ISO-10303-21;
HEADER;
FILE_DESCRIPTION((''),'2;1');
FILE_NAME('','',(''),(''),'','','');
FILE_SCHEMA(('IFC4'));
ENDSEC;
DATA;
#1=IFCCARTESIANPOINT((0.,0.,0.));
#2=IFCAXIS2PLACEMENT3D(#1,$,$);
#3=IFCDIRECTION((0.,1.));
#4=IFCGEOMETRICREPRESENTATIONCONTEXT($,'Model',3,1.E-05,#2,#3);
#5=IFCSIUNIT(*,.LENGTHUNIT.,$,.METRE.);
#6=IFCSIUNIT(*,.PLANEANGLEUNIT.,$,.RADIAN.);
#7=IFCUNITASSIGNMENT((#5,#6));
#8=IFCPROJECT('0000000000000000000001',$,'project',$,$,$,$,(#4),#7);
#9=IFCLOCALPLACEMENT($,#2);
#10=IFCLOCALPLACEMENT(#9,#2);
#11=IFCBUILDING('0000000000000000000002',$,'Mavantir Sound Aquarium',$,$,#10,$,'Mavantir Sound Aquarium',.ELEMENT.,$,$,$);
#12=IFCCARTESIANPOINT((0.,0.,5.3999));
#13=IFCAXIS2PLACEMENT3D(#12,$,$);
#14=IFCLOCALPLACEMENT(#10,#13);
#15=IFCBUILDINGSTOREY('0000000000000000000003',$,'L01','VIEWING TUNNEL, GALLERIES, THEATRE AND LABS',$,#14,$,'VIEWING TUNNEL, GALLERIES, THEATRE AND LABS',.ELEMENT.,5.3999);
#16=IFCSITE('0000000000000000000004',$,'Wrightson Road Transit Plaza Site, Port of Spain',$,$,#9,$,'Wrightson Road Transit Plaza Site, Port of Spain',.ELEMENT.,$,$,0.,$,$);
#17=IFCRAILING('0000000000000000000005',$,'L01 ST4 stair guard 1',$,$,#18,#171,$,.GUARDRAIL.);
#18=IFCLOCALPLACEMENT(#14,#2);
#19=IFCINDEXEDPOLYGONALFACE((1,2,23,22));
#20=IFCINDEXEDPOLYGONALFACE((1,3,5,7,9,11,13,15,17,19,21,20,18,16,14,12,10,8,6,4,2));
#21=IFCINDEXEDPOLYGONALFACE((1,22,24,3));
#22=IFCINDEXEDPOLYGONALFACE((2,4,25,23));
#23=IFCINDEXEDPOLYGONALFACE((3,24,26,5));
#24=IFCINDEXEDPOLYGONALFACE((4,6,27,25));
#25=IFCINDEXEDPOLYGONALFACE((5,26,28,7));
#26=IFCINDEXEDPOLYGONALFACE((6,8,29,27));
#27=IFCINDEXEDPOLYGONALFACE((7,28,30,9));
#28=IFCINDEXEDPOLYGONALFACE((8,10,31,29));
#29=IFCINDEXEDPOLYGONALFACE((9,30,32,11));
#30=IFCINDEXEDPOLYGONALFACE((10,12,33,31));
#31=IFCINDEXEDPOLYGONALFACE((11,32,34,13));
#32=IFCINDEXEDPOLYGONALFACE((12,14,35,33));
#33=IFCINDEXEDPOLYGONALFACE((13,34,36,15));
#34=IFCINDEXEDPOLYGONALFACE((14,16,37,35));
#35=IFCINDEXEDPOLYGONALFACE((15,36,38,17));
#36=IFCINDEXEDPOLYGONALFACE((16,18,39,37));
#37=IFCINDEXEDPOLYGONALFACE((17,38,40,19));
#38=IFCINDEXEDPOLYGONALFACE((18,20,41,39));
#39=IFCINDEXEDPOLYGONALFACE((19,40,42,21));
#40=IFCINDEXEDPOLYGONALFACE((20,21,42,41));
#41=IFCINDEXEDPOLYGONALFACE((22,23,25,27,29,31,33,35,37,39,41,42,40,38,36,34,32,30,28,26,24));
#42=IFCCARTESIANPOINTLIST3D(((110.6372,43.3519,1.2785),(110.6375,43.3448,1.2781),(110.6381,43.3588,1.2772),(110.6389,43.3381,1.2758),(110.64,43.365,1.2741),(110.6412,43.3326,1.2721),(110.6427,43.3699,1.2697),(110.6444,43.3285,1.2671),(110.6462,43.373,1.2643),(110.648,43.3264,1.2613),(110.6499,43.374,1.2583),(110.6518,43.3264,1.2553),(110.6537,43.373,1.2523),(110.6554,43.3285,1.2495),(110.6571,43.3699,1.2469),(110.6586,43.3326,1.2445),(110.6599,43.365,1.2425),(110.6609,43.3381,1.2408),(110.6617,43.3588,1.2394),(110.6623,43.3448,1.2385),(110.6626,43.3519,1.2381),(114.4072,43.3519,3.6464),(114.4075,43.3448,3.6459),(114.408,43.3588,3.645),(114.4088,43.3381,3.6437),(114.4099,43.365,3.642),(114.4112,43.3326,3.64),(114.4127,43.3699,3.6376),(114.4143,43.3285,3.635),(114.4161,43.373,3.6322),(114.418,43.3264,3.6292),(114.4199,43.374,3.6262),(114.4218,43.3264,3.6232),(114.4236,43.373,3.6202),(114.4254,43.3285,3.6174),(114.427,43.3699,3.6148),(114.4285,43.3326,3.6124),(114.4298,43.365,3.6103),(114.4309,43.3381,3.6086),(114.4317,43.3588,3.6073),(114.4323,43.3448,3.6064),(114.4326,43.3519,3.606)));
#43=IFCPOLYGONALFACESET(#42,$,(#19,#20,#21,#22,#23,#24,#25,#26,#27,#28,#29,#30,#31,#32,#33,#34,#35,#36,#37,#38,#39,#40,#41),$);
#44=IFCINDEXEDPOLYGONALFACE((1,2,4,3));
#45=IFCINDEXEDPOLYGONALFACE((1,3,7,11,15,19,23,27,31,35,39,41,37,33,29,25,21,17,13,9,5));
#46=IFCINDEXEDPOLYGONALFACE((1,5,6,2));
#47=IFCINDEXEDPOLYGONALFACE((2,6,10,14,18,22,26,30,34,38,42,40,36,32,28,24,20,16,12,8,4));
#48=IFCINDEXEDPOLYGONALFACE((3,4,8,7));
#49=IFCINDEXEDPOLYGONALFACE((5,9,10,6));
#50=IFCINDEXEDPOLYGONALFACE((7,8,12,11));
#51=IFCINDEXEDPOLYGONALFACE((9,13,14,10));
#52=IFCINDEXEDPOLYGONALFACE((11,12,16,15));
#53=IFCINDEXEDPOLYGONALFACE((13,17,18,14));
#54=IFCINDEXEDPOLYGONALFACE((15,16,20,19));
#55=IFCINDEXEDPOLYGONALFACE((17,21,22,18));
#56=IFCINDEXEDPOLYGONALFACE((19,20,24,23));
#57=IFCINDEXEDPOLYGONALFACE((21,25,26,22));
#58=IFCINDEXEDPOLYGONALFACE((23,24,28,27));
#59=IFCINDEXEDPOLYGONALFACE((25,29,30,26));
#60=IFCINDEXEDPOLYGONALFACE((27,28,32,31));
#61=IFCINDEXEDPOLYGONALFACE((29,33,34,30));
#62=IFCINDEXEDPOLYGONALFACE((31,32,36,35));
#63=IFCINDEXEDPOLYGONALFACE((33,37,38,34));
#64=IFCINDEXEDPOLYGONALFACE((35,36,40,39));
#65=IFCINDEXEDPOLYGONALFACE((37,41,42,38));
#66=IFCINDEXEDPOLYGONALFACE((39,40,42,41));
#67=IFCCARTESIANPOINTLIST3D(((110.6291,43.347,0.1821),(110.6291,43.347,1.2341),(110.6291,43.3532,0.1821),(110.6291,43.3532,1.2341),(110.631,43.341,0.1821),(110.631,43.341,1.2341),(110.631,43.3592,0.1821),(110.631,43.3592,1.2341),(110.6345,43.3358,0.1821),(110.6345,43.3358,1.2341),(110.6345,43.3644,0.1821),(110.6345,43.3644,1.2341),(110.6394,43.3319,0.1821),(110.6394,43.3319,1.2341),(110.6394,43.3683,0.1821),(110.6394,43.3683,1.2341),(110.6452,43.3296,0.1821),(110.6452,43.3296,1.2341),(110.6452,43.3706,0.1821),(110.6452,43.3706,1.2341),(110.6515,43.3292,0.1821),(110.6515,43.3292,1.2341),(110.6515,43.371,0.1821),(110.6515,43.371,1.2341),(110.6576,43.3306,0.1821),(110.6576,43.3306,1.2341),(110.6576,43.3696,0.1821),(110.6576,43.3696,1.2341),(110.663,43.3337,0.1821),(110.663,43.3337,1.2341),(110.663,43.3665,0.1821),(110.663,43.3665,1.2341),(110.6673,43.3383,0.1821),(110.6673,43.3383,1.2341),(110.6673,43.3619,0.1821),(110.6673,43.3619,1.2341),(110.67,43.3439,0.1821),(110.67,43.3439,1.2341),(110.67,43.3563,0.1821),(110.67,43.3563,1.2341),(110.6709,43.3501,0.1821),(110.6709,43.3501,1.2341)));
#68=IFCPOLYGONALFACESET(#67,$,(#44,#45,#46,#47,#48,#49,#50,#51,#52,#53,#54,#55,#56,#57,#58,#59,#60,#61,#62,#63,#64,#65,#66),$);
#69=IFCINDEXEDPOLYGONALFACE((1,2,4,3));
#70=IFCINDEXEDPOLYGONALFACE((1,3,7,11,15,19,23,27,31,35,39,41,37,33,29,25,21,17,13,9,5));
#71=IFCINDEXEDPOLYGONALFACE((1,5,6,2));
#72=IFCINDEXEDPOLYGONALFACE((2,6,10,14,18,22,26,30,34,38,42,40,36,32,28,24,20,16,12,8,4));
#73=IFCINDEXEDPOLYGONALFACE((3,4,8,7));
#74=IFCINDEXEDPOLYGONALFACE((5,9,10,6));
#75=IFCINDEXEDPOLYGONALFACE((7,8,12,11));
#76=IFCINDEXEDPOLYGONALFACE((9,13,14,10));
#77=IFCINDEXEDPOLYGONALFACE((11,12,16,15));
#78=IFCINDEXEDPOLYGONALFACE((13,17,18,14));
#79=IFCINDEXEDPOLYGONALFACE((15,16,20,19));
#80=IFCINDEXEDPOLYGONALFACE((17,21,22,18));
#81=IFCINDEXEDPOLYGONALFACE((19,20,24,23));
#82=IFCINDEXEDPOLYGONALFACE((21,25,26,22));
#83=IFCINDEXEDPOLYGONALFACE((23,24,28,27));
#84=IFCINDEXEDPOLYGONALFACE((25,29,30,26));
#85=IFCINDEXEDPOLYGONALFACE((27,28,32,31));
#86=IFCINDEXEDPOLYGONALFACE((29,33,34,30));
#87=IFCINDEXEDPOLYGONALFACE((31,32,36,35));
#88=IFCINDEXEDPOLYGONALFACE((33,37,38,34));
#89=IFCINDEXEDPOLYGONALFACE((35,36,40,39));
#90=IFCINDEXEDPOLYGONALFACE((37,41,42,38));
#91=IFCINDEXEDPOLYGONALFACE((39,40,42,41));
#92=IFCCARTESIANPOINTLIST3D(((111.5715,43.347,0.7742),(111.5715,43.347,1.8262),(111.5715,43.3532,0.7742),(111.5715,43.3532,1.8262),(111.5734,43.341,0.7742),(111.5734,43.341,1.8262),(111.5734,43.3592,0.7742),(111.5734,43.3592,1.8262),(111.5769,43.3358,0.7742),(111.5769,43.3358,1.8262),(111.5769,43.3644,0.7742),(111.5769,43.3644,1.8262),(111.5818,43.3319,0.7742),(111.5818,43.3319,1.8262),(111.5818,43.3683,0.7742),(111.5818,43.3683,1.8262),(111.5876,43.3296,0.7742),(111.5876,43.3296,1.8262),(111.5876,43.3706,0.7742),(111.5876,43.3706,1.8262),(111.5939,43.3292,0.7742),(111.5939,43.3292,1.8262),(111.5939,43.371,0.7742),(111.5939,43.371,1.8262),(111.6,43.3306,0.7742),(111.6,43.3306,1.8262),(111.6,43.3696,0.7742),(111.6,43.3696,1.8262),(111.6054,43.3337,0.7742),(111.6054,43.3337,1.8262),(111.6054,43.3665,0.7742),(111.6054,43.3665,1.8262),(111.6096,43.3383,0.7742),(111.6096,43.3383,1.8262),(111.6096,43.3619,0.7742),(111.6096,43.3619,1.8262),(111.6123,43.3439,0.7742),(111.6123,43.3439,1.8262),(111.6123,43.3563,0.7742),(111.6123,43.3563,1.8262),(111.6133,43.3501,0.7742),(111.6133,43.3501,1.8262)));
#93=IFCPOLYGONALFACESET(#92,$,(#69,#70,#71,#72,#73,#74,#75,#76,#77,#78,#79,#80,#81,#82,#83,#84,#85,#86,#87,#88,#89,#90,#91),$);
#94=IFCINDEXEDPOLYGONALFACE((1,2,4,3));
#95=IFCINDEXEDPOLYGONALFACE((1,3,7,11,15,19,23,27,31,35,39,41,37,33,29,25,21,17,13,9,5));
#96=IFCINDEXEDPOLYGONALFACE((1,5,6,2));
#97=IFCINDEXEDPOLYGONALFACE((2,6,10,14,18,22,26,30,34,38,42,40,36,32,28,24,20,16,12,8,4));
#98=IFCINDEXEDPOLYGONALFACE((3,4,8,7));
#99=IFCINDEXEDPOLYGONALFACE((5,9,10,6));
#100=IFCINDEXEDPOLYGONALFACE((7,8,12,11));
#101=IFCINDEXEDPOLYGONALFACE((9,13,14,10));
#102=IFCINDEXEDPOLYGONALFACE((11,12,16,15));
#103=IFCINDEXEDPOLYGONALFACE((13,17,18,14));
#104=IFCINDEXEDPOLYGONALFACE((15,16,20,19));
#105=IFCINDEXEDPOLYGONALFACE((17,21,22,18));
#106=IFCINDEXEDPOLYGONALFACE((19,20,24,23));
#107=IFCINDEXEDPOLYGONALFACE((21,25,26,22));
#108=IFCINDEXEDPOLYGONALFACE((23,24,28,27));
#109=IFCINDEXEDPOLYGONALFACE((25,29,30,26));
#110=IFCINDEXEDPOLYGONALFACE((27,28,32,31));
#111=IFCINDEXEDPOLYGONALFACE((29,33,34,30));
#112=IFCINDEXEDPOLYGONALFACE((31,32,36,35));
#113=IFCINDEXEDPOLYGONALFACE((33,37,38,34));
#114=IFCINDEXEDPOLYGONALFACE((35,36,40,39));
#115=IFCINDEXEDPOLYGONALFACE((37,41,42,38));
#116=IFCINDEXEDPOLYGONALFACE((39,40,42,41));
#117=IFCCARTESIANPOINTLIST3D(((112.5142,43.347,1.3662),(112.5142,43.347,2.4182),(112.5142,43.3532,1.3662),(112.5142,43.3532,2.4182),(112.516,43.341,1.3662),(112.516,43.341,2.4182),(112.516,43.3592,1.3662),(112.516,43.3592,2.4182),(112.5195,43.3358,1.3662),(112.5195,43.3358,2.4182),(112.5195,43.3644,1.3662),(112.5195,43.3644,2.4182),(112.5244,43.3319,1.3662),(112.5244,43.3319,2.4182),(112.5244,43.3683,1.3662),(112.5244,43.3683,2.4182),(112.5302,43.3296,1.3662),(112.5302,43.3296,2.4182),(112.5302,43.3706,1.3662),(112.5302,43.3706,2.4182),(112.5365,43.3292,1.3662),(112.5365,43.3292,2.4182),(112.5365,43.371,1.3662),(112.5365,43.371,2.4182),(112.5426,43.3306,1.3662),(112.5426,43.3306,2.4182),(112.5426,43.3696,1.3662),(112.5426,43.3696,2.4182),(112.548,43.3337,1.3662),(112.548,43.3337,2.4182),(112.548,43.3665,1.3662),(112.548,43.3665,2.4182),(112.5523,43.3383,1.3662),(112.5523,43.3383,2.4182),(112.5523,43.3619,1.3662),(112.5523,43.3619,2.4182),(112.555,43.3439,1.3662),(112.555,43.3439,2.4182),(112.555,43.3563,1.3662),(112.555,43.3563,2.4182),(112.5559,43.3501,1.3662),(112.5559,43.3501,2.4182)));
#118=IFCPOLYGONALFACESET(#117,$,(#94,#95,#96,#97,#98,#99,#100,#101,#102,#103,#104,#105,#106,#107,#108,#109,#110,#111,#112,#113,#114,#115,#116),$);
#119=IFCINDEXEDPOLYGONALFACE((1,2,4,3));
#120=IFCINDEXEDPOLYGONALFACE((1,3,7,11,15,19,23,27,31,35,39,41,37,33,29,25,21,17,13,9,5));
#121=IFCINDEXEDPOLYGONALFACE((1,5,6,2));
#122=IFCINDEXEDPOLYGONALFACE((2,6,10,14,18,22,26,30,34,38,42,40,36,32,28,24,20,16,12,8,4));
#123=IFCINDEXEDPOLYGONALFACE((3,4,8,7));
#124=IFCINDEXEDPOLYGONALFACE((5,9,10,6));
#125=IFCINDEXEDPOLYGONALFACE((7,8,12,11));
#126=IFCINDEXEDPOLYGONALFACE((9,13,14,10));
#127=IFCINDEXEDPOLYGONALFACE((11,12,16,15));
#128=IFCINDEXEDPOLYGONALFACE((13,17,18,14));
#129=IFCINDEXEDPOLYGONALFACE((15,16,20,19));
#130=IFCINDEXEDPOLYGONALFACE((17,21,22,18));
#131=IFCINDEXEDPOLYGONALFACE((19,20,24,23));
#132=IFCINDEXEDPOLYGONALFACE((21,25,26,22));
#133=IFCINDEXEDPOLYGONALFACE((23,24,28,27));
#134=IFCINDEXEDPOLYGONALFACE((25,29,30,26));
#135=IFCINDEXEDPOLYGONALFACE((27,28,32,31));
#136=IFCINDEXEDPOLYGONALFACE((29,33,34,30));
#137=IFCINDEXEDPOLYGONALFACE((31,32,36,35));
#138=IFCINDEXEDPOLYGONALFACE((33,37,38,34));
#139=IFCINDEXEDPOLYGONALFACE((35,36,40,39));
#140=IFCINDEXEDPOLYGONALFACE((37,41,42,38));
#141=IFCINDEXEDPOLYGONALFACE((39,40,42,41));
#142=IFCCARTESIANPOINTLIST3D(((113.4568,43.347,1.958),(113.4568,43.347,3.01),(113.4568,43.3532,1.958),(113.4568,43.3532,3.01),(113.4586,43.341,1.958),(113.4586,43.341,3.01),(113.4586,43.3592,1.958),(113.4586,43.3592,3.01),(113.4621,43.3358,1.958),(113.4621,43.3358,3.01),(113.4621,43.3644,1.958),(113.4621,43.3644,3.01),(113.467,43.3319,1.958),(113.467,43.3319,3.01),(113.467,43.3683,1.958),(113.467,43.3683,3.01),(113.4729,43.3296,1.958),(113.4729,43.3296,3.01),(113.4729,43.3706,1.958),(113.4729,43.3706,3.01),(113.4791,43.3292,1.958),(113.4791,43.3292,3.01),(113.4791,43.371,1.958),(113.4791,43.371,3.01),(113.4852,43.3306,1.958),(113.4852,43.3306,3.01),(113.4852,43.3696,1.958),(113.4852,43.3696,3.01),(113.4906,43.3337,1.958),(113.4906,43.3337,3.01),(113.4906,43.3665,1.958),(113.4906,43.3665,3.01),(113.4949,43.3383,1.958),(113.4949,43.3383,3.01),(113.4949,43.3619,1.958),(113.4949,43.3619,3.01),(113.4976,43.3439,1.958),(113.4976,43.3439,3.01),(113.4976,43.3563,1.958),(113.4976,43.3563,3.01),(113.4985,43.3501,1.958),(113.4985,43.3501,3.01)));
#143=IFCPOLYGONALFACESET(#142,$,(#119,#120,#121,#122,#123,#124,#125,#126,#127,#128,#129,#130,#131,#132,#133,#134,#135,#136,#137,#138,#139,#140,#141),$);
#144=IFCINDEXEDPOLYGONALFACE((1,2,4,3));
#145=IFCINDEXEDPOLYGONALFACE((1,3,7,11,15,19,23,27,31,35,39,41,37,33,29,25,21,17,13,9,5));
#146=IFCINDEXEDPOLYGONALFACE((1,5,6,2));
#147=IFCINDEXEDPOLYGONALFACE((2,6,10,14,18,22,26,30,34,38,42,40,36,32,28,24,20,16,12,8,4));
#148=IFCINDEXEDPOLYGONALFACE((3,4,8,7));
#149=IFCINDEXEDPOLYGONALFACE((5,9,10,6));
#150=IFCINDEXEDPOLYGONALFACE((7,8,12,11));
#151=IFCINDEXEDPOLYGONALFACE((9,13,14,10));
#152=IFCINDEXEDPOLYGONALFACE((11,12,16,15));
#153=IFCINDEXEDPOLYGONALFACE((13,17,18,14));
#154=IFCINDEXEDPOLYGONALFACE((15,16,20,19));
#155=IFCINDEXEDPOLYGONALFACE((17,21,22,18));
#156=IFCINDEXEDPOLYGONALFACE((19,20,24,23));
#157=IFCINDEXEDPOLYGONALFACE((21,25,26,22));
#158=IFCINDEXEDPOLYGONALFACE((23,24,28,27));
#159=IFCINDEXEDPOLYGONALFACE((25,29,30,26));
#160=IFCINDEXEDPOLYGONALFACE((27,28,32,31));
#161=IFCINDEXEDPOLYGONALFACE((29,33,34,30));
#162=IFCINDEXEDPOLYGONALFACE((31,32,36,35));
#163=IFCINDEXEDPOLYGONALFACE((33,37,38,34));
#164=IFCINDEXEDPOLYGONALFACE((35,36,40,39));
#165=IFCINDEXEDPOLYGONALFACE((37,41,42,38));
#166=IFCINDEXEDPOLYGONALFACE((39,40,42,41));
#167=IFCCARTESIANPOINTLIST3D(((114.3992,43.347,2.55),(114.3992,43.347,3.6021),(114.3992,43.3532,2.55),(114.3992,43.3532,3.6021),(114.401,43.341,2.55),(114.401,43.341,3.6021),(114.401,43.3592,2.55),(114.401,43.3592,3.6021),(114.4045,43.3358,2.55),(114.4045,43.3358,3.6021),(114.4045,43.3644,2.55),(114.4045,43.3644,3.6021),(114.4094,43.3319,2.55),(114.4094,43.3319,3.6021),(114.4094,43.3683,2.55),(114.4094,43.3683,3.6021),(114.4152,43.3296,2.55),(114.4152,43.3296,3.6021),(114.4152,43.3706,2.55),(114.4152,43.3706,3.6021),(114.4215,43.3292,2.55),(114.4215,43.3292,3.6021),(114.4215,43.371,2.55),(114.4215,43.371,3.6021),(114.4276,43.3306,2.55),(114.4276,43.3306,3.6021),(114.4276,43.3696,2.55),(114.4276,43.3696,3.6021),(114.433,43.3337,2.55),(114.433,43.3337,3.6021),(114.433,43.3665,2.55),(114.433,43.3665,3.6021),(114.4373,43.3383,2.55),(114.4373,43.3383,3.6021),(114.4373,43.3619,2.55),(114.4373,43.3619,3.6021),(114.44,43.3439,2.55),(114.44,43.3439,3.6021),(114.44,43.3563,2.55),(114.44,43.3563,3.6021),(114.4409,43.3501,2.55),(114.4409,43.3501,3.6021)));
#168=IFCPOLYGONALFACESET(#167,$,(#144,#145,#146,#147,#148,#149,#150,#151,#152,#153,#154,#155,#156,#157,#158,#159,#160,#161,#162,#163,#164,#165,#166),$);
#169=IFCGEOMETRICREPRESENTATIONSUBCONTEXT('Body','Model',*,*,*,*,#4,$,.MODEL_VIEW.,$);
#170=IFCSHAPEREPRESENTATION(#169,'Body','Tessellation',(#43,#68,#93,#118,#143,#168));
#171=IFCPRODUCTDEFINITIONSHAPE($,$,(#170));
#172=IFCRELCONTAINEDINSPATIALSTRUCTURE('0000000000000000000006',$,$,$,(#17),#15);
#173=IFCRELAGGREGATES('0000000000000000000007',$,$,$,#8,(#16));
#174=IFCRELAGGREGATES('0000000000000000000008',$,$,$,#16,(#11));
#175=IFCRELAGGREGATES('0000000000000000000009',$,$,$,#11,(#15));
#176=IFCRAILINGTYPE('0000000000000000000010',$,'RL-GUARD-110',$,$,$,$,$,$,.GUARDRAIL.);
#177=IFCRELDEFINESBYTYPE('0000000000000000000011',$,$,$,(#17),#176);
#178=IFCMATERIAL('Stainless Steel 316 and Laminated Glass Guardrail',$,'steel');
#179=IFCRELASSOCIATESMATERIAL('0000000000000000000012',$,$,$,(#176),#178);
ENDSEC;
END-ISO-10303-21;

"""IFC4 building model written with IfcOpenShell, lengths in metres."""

from ifc_helpers import new_model, si_unit, direction, frame, origin, origin_2d, place, context, subcontext, project, spatial, circle, extrude, material, type_object, element, save


model = new_model("IFC4")

# Units and contexts
model_context = context("Model", 3, precision=1e-05, world=origin(), true_north=direction((0.0, 1.0)))
body_context = subcontext(model_context, "Body", "Model", "MODEL_VIEW")
ifc_project = project(units=[si_unit("LENGTHUNIT", "METRE"), si_unit("PLANEANGLEUNIT", "RADIAN")], contexts=[model_context])

# Site, building, storey
site_placement = place(None, origin())
site = spatial("IfcSite", under=ifc_project, at=site_placement, Name="Wrightson Road Transit Plaza Site, Port of Spain", LongName="Wrightson Road Transit Plaza Site, Port of Spain", CompositionType="ELEMENT", RefElevation=0.0)
building_placement = place(site_placement, origin())
building = spatial("IfcBuilding", under=site, at=building_placement, Name="Mavantir Sound Aquarium", LongName="Mavantir Sound Aquarium", CompositionType="ELEMENT")
storey_placement = place(building_placement, frame((0.0, 0.0, 5.3999)))
storey = spatial("IfcBuildingStorey", under=building, at=storey_placement, Name="L01", Description="VIEWING TUNNEL, GALLERIES, THEATRE AND LABS", LongName="VIEWING TUNNEL, GALLERIES, THEATRE AND LABS", CompositionType="ELEMENT", Elevation=5.3999)

# Railing
ifc_material_1 = material(Name="Stainless Steel 316 and Laminated Glass Guardrail", Category="steel")
railing_type_1 = type_object("IfcRailingType", Name="RL-GUARD-110", PredefinedType="GUARDRAIL", material=ifc_material_1)
railing_1_placement = place(storey_placement, frame((110.6499, 43.3501, 0.1821)))
element("IfcRailing", 1, at=railing_1_placement, inside=storey, type_object=railing_type_1, Name="L01 ST4 stair guard 1", PredefinedType="GUARDRAIL", context=body_context, shape_type="SweptSolid", body=[
    extrude(circle(Radius=0.0239, at=origin_2d()), frame((0.0, 0.0, 1.0762), z_axis=(0.846819, 0.0, 0.531881), x_axis=(0.0, 1.0, 0.0)), (0.0, 0.0, 1.0), 4.4519),
    extrude(circle(Radius=0.021, at=origin_2d()), origin(), (0.0, 0.0, 1.0), 1.052),
    extrude(circle(Radius=0.021, at=origin_2d()), frame((0.9424, 0.0, 0.592)), (0.0, 0.0, 1.0), 1.052),
    extrude(circle(Radius=0.021, at=origin_2d()), frame((1.885, 0.0, 1.1841)), (0.0, 0.0, 1.0), 1.052),
    extrude(circle(Radius=0.021, at=origin_2d()), frame((2.8276, 0.0, 1.7759)), (0.0, 0.0, 1.0), 1.052),
    extrude(circle(Radius=0.021, at=origin_2d()), frame((3.77, 0.0, 2.3679)), (0.0, 0.0, 1.0), 1.052),
])

save(model, "model.ifc")
